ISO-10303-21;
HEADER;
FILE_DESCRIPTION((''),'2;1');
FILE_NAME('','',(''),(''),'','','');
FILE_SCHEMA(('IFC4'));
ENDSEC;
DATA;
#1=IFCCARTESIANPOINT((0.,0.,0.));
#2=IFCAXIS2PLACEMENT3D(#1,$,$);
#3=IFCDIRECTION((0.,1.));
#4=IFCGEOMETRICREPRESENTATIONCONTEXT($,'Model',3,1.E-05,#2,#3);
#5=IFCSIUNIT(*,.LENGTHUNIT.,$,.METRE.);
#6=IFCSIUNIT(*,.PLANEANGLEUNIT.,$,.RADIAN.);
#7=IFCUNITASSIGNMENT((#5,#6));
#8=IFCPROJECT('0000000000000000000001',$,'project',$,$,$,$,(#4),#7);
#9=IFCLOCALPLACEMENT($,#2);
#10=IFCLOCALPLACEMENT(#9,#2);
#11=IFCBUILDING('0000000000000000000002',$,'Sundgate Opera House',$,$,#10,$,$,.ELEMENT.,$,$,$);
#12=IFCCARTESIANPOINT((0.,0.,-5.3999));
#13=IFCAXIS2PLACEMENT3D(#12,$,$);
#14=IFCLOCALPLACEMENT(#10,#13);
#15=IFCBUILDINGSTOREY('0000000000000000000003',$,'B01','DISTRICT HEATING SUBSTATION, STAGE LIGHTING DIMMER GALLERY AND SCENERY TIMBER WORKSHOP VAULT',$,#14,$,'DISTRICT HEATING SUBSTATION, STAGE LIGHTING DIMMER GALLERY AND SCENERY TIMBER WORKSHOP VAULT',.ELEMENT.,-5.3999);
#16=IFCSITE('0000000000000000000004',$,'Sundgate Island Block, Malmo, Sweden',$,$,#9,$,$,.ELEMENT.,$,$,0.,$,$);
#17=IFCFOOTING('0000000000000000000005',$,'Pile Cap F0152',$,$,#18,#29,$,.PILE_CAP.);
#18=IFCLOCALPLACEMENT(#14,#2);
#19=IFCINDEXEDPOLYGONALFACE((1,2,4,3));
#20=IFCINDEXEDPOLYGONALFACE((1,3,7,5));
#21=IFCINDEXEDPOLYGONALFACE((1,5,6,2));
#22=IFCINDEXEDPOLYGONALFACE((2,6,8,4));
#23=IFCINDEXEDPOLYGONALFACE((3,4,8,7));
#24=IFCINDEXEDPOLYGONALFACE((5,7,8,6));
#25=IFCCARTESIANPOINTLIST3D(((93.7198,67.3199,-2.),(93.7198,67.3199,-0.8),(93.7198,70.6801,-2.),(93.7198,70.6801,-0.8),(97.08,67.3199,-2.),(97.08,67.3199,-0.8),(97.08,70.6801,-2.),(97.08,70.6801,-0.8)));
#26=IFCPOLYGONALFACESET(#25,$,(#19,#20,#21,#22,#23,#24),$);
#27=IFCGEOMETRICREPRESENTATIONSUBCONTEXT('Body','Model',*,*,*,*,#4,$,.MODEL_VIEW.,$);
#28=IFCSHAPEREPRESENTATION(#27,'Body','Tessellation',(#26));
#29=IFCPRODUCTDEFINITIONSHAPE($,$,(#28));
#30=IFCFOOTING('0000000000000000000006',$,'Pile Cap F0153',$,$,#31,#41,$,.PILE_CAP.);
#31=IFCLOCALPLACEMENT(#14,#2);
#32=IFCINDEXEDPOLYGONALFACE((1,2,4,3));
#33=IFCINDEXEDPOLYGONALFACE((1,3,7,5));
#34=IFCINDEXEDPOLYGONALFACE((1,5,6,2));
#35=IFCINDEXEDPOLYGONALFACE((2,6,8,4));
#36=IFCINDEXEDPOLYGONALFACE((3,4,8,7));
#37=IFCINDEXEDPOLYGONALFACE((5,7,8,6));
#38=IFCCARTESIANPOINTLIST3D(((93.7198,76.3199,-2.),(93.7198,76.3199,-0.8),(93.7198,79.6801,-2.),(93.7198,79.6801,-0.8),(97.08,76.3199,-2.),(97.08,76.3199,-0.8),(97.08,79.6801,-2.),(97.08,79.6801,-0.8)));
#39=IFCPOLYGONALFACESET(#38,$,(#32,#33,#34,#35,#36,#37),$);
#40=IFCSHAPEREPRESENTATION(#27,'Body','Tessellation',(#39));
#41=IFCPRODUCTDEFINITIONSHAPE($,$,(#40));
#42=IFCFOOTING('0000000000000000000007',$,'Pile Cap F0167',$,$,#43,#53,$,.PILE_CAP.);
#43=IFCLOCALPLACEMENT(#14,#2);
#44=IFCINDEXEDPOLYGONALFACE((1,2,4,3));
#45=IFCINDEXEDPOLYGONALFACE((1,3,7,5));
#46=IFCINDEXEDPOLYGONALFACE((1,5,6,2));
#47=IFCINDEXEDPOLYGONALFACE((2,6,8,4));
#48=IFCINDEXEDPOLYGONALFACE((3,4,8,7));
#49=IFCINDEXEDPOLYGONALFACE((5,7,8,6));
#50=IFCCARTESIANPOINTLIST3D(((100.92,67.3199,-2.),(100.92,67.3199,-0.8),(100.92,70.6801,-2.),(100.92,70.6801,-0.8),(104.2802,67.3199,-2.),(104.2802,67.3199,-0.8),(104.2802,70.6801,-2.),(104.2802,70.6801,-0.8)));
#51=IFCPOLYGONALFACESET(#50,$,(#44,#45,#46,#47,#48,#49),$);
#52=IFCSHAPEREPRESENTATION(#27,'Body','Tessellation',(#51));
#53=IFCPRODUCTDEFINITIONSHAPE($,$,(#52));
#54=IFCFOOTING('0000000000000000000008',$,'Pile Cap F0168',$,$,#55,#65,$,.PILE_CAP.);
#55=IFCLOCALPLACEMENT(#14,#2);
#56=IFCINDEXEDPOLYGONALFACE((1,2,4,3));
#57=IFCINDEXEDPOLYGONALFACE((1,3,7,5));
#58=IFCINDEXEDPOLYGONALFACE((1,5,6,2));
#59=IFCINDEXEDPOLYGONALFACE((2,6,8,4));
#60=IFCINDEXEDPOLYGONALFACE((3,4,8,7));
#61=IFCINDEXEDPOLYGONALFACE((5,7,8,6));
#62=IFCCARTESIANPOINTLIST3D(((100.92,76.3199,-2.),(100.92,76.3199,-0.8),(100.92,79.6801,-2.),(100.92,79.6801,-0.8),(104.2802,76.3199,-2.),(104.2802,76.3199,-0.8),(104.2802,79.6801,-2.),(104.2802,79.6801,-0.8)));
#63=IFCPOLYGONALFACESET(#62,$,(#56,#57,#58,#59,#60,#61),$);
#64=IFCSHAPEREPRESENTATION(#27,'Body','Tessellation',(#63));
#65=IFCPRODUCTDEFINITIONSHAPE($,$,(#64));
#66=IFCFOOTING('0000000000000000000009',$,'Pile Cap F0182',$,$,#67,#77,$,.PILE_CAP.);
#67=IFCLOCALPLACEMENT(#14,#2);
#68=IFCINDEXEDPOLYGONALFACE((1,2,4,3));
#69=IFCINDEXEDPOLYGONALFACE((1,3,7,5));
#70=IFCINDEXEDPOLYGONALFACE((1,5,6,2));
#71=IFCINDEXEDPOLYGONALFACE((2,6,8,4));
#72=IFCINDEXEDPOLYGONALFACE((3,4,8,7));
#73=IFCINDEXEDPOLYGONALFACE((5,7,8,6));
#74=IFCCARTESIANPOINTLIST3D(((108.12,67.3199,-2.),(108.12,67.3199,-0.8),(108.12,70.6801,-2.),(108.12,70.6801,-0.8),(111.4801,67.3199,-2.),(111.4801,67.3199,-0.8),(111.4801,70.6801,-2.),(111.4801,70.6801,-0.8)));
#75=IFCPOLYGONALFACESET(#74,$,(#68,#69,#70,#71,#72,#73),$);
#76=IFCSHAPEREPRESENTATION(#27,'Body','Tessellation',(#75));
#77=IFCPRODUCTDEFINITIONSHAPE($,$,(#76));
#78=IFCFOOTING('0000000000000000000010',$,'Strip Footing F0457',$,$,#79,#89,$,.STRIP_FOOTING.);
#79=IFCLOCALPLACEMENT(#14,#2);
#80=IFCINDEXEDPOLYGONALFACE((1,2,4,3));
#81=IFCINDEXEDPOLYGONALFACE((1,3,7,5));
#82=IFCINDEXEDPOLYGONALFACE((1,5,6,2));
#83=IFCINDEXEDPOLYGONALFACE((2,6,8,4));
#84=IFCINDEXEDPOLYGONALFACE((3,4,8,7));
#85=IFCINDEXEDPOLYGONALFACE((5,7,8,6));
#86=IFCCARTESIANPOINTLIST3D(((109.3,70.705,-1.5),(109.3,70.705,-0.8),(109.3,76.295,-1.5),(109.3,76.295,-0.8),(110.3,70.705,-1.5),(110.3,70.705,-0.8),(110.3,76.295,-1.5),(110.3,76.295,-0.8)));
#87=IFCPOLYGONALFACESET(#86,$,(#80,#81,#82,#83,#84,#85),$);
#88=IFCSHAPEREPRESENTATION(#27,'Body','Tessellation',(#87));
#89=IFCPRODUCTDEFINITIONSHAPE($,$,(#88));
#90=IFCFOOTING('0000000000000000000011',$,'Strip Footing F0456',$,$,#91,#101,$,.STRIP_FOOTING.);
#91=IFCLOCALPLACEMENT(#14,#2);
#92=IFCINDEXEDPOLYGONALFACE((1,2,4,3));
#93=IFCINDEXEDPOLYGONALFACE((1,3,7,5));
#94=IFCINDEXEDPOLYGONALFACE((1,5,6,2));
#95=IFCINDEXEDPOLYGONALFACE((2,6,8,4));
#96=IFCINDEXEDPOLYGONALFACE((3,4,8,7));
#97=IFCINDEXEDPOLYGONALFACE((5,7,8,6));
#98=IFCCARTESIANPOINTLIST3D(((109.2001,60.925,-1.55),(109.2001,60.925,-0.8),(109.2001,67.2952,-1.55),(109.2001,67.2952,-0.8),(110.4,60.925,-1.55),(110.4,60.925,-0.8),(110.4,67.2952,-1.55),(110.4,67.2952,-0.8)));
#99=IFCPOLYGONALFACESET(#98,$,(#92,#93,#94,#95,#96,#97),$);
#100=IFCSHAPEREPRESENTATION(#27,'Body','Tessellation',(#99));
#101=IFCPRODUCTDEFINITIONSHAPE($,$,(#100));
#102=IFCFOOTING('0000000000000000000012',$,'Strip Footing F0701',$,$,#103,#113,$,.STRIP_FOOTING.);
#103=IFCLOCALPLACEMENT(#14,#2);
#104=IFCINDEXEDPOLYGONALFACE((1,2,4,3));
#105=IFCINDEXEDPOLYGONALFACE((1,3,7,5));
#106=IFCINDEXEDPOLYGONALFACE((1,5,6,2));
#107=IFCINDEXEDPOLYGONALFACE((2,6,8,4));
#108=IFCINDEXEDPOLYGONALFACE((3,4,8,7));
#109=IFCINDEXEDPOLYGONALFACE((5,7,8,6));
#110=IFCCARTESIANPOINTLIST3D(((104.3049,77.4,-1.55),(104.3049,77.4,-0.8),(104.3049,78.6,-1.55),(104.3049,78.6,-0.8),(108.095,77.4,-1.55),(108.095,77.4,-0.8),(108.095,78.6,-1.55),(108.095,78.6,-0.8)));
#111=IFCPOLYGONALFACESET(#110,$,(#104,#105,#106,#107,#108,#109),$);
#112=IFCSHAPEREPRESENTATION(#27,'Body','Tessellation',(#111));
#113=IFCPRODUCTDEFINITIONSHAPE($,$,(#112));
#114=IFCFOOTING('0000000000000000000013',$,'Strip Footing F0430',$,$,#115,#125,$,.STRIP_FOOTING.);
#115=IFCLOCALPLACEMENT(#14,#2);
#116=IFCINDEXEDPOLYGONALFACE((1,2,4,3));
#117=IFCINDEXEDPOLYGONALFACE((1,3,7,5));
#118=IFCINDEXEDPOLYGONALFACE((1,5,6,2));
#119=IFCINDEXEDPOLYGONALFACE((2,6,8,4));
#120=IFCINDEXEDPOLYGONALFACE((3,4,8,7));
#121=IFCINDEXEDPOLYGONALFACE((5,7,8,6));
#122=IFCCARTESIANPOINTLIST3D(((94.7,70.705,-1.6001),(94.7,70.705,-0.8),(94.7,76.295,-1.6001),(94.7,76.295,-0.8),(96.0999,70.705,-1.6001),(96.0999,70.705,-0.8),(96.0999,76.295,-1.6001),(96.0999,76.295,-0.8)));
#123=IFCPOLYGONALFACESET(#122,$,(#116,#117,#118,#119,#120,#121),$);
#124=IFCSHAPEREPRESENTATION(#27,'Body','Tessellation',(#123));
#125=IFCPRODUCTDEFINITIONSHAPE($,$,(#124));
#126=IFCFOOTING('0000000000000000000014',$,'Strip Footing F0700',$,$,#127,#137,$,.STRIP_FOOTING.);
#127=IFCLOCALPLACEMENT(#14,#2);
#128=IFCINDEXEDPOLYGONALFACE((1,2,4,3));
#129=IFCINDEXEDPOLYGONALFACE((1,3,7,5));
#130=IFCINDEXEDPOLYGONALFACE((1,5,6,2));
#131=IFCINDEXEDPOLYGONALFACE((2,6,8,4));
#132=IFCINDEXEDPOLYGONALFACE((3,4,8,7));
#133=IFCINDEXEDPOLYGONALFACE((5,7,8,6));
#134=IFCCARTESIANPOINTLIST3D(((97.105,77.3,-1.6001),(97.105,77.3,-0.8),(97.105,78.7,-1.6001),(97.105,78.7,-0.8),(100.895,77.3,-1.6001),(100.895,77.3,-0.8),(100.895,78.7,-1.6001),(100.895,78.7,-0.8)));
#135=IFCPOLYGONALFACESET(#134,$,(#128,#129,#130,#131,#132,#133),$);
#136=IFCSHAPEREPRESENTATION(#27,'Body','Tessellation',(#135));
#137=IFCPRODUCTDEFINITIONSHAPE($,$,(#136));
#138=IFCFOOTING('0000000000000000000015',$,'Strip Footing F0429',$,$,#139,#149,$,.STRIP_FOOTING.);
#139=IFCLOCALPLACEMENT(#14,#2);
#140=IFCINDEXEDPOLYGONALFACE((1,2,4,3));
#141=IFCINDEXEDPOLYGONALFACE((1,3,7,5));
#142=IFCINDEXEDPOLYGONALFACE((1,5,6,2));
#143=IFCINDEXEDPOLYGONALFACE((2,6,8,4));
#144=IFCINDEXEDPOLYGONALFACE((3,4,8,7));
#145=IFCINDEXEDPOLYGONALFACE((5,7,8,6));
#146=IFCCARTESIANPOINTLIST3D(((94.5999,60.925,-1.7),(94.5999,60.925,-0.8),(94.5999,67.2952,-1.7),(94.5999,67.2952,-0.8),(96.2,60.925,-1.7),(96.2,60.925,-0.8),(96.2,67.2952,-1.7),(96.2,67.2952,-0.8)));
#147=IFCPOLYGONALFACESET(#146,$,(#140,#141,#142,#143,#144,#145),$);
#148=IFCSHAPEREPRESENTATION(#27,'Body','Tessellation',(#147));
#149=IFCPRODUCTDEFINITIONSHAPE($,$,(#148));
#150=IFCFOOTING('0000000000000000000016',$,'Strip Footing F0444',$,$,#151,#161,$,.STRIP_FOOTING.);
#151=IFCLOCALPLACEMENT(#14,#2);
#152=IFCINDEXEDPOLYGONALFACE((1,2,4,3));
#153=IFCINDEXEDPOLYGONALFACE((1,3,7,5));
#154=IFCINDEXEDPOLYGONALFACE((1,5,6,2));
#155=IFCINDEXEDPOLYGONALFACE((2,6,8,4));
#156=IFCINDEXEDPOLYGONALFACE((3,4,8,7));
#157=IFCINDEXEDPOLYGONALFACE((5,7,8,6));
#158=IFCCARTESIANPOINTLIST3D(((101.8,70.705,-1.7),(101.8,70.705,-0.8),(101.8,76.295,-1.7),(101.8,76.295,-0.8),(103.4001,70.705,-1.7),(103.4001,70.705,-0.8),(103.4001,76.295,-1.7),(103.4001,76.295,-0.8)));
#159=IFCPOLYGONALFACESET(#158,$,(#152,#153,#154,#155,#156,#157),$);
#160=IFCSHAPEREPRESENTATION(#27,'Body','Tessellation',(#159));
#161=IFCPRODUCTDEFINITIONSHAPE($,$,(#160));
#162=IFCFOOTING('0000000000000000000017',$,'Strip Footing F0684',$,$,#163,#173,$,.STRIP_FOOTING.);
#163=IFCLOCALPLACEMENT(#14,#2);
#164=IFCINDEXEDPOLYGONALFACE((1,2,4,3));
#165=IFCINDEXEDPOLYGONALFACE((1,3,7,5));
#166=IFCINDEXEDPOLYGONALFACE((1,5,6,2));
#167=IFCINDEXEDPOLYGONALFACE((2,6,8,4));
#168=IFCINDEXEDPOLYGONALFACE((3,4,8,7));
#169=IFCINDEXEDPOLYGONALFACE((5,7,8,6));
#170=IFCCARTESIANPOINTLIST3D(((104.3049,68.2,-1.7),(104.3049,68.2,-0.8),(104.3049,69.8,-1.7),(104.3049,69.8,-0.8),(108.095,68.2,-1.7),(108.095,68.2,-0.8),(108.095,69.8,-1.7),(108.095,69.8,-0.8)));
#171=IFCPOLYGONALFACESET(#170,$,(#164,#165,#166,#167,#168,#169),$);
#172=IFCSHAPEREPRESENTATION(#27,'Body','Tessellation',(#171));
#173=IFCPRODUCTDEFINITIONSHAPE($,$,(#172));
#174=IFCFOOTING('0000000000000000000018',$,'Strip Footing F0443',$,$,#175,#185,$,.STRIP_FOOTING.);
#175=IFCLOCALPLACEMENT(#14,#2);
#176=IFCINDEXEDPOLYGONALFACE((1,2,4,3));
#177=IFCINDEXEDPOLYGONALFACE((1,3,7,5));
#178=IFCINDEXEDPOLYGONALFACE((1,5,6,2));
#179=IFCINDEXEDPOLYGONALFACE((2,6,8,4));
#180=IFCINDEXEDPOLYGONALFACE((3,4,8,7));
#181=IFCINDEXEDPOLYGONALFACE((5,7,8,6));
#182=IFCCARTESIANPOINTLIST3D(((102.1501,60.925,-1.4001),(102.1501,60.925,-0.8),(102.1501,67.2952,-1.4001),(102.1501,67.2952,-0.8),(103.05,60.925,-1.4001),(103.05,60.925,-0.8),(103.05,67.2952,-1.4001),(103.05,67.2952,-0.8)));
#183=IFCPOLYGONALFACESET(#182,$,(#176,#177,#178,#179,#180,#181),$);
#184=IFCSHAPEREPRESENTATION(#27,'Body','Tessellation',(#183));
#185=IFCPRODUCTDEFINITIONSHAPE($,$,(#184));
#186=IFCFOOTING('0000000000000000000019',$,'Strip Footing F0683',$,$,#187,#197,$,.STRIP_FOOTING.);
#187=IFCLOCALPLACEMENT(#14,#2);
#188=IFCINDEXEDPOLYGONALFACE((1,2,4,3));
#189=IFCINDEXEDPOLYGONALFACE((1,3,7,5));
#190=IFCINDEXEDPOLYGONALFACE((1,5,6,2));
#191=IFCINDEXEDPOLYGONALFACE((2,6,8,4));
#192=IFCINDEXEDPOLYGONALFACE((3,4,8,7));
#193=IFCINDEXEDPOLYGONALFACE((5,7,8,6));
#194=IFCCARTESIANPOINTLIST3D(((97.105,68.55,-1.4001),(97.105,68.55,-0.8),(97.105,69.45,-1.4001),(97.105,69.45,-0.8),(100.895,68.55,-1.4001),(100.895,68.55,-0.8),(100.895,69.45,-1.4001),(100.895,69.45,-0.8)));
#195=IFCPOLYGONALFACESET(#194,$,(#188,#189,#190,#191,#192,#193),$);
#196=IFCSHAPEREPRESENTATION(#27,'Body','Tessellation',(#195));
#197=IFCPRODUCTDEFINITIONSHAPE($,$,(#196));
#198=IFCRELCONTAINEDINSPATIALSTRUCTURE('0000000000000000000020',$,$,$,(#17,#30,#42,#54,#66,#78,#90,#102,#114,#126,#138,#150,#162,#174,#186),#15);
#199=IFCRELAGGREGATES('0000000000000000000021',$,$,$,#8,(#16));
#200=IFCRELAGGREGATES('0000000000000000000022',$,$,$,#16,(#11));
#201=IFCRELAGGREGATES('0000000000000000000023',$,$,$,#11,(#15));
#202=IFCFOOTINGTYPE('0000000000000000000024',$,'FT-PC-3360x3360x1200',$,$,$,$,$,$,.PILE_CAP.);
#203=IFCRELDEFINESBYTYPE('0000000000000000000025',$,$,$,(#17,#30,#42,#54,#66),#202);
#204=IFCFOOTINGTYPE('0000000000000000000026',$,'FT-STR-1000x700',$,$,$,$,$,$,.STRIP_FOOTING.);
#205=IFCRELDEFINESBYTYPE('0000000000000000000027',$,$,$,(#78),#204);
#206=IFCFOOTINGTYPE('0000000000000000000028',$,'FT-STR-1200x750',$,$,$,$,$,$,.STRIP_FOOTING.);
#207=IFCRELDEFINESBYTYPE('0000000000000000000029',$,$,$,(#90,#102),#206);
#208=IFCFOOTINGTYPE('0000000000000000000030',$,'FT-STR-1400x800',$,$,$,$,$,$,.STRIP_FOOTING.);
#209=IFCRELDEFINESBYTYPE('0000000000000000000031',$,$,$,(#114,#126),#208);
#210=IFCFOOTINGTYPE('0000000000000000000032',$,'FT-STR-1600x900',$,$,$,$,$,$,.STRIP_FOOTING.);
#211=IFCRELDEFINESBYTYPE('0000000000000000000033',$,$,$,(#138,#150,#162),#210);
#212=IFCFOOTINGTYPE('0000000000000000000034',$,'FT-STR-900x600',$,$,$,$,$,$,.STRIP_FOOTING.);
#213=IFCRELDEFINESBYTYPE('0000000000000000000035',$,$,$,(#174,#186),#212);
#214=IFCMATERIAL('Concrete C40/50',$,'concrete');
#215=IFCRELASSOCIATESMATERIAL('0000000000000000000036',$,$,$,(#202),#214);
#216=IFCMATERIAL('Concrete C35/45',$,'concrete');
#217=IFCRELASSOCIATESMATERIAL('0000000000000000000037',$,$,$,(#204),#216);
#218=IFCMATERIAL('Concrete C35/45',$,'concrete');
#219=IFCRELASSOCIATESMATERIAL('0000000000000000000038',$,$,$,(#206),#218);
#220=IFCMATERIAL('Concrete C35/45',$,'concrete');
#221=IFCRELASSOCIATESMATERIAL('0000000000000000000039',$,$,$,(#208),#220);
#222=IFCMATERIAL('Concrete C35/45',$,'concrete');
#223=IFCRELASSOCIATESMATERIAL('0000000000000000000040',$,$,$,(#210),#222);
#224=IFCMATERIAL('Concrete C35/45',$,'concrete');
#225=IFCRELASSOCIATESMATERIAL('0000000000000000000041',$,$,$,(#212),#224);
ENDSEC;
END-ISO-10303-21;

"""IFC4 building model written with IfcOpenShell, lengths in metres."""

from ifc_helpers import new_model, si_unit, direction, frame, origin, origin_2d, place, context, subcontext, project, spatial, rectangle, extrude, material, type_object, element, save


model = new_model("IFC4")

# Units and contexts
model_context = context("Model", 3, precision=1e-05, world=origin(), true_north=direction((0.0, 1.0)))
body_context = subcontext(model_context, "Body", "Model", "MODEL_VIEW")
ifc_project = project(units=[si_unit("LENGTHUNIT", "METRE"), si_unit("PLANEANGLEUNIT", "RADIAN")], contexts=[model_context])

# Site, building, storey
site_placement = place(None, origin())
site = spatial("IfcSite", under=ifc_project, at=site_placement, Name="Sundgate Island Block, Malmo, Sweden", CompositionType="ELEMENT", RefElevation=0.0)
building_placement = place(site_placement, origin())
building = spatial("IfcBuilding", under=site, at=building_placement, Name="Sundgate Opera House", CompositionType="ELEMENT")
storey_placement = place(building_placement, frame((0.0, 0.0, -5.3999)))
storey = spatial("IfcBuildingStorey", under=building, at=storey_placement, Name="B01", Description="DISTRICT HEATING SUBSTATION, STAGE LIGHTING DIMMER GALLERY AND SCENERY TIMBER WORKSHOP VAULT", LongName="DISTRICT HEATING SUBSTATION, STAGE LIGHTING DIMMER GALLERY AND SCENERY TIMBER WORKSHOP VAULT", CompositionType="ELEMENT", Elevation=-5.3999)

# Footings
ifc_material_1 = material(Name="Concrete C40/50", Category="concrete")
footing_type_1 = type_object("IfcFootingType", Name="FT-PC-3360x3360x1200", PredefinedType="PILE_CAP", material=ifc_material_1)
for number, where, z_axis, x_axis, name in (
    (1, (95.3999, 69.0, -2.0), (0.0, 0.0, 1.0), (1.0, 0.0, 0.0), "Pile Cap F0152"),
    (2, (95.3999, 78.0, -2.0), (0.0, 0.0, 1.0), (1.0, 0.0, 0.0), "Pile Cap F0153"),
    (3, (102.6001, 69.0, -2.0), (0.0, 0.0, 1.0), (1.0, 0.0, 0.0), "Pile Cap F0167"),
    (4, (102.6001, 78.0, -2.0), (0.0, 0.0, 1.0), (1.0, 0.0, 0.0), "Pile Cap F0168"),
    (5, (109.8, 69.0, -2.0), (0.0, 0.0, 1.0), (1.0, 0.0, 0.0), "Pile Cap F0182"),
):
    element("IfcFooting", number, at=place(storey_placement, frame(where, z_axis=z_axis, x_axis=x_axis)), inside=storey, type_object=footing_type_1, Name=name, PredefinedType="PILE_CAP", context=body_context, shape_type="SweptSolid", body=[
        extrude(rectangle(XDim=3.3601, YDim=3.3601, at=origin_2d()), origin(), (0.0, 0.0, 1.0), 1.2),
    ])
ifc_material_2 = material(Name="Concrete C35/45", Category="concrete")
footing_type_2 = type_object("IfcFootingType", Name="FT-STR-1000x700", PredefinedType="STRIP_FOOTING", material=ifc_material_2)
footing_1_placement = place(storey_placement, frame((109.8, 73.5, -1.5), z_axis=(0.0, 0.0, 1.0), x_axis=(1.0, 0.0, 0.0)))
element("IfcFooting", 6, at=footing_1_placement, inside=storey, type_object=footing_type_2, Name="Strip Footing F0457", PredefinedType="STRIP_FOOTING", context=body_context, shape_type="SweptSolid", body=[
    extrude(rectangle(XDim=1.0, YDim=5.5901, at=origin_2d()), origin(), (0.0, 0.0, 1.0), 0.7),
])
ifc_material_3 = material(Name="Concrete C35/45", Category="concrete")
footing_type_3 = type_object("IfcFootingType", Name="FT-STR-1200x750", PredefinedType="STRIP_FOOTING", material=ifc_material_3)
footing_2_placement = place(storey_placement, frame((109.8, 64.1101, -1.55), z_axis=(0.0, 0.0, 1.0), x_axis=(1.0, 0.0, 0.0)))
element("IfcFooting", 7, at=footing_2_placement, inside=storey, type_object=footing_type_3, Name="Strip Footing F0456", PredefinedType="STRIP_FOOTING", context=body_context, shape_type="SweptSolid", body=[
    extrude(rectangle(XDim=1.2, YDim=6.3701, at=origin_2d()), origin(), (0.0, 0.0, 1.0), 0.75),
])
footing_3_placement = place(storey_placement, frame((106.2, 78.0, -1.55), z_axis=(0.0, 0.0, 1.0), x_axis=(1.0, 0.0, 0.0)))
element("IfcFooting", 8, at=footing_3_placement, inside=storey, type_object=footing_type_3, Name="Strip Footing F0701", PredefinedType="STRIP_FOOTING", context=body_context, shape_type="SweptSolid", body=[
    extrude(rectangle(XDim=3.79, YDim=1.2, at=origin_2d()), origin(), (0.0, 0.0, 1.0), 0.75),
])
ifc_material_4 = material(Name="Concrete C35/45", Category="concrete")
footing_type_4 = type_object("IfcFootingType", Name="FT-STR-1400x800", PredefinedType="STRIP_FOOTING", material=ifc_material_4)
footing_4_placement = place(storey_placement, frame((95.3999, 73.5, -1.6001), z_axis=(0.0, 0.0, 1.0), x_axis=(1.0, 0.0, 0.0)))
element("IfcFooting", 9, at=footing_4_placement, inside=storey, type_object=footing_type_4, Name="Strip Footing F0430", PredefinedType="STRIP_FOOTING", context=body_context, shape_type="SweptSolid", body=[
    extrude(rectangle(XDim=1.3999, YDim=5.5901, at=origin_2d()), origin(), (0.0, 0.0, 1.0), 0.8),
])
footing_5_placement = place(storey_placement, frame((99.0, 78.0, -1.6001), z_axis=(0.0, 0.0, 1.0), x_axis=(1.0, 0.0, 0.0)))
element("IfcFooting", 10, at=footing_5_placement, inside=storey, type_object=footing_type_4, Name="Strip Footing F0700", PredefinedType="STRIP_FOOTING", context=body_context, shape_type="SweptSolid", body=[
    extrude(rectangle(XDim=3.79, YDim=1.3999, at=origin_2d()), origin(), (0.0, 0.0, 1.0), 0.8),
])
ifc_material_5 = material(Name="Concrete C35/45", Category="concrete")
footing_type_5 = type_object("IfcFootingType", Name="FT-STR-1600x900", PredefinedType="STRIP_FOOTING", material=ifc_material_5)
footing_6_placement = place(storey_placement, frame((95.3999, 64.1101, -1.7), z_axis=(0.0, 0.0, 1.0), x_axis=(1.0, 0.0, 0.0)))
element("IfcFooting", 11, at=footing_6_placement, inside=storey, type_object=footing_type_5, Name="Strip Footing F0429", PredefinedType="STRIP_FOOTING", context=body_context, shape_type="SweptSolid", body=[
    extrude(rectangle(XDim=1.6001, YDim=6.3701, at=origin_2d()), origin(), (0.0, 0.0, 1.0), 0.8999),
])
footing_7_placement = place(storey_placement, frame((102.6001, 73.5, -1.7), z_axis=(0.0, 0.0, 1.0), x_axis=(1.0, 0.0, 0.0)))
element("IfcFooting", 12, at=footing_7_placement, inside=storey, type_object=footing_type_5, Name="Strip Footing F0444", PredefinedType="STRIP_FOOTING", context=body_context, shape_type="SweptSolid", body=[
    extrude(rectangle(XDim=1.6001, YDim=5.5901, at=origin_2d()), origin(), (0.0, 0.0, 1.0), 0.8999),
])
footing_8_placement = place(storey_placement, frame((106.2, 69.0, -1.7), z_axis=(0.0, 0.0, 1.0), x_axis=(1.0, 0.0, 0.0)))
element("IfcFooting", 13, at=footing_8_placement, inside=storey, type_object=footing_type_5, Name="Strip Footing F0684", PredefinedType="STRIP_FOOTING", context=body_context, shape_type="SweptSolid", body=[
    extrude(rectangle(XDim=3.79, YDim=1.6001, at=origin_2d()), origin(), (0.0, 0.0, 1.0), 0.8999),
])
ifc_material_6 = material(Name="Concrete C35/45", Category="concrete")
footing_type_6 = type_object("IfcFootingType", Name="FT-STR-900x600", PredefinedType="STRIP_FOOTING", material=ifc_material_6)
footing_9_placement = place(storey_placement, frame((102.6001, 64.1101, -1.4001), z_axis=(0.0, 0.0, 1.0), x_axis=(1.0, 0.0, 0.0)))
element("IfcFooting", 14, at=footing_9_placement, inside=storey, type_object=footing_type_6, Name="Strip Footing F0443", PredefinedType="STRIP_FOOTING", context=body_context, shape_type="SweptSolid", body=[
    extrude(rectangle(XDim=0.8999, YDim=6.3701, at=origin_2d()), origin(), (0.0, 0.0, 1.0), 0.6001),
])
footing_10_placement = place(storey_placement, frame((99.0, 69.0, -1.4001), z_axis=(0.0, 0.0, 1.0), x_axis=(1.0, 0.0, 0.0)))
element("IfcFooting", 15, at=footing_10_placement, inside=storey, type_object=footing_type_6, Name="Strip Footing F0683", PredefinedType="STRIP_FOOTING", context=body_context, shape_type="SweptSolid", body=[
    extrude(rectangle(XDim=3.79, YDim=0.8999, at=origin_2d()), origin(), (0.0, 0.0, 1.0), 0.6001),
])

save(model, "model.ifc")
